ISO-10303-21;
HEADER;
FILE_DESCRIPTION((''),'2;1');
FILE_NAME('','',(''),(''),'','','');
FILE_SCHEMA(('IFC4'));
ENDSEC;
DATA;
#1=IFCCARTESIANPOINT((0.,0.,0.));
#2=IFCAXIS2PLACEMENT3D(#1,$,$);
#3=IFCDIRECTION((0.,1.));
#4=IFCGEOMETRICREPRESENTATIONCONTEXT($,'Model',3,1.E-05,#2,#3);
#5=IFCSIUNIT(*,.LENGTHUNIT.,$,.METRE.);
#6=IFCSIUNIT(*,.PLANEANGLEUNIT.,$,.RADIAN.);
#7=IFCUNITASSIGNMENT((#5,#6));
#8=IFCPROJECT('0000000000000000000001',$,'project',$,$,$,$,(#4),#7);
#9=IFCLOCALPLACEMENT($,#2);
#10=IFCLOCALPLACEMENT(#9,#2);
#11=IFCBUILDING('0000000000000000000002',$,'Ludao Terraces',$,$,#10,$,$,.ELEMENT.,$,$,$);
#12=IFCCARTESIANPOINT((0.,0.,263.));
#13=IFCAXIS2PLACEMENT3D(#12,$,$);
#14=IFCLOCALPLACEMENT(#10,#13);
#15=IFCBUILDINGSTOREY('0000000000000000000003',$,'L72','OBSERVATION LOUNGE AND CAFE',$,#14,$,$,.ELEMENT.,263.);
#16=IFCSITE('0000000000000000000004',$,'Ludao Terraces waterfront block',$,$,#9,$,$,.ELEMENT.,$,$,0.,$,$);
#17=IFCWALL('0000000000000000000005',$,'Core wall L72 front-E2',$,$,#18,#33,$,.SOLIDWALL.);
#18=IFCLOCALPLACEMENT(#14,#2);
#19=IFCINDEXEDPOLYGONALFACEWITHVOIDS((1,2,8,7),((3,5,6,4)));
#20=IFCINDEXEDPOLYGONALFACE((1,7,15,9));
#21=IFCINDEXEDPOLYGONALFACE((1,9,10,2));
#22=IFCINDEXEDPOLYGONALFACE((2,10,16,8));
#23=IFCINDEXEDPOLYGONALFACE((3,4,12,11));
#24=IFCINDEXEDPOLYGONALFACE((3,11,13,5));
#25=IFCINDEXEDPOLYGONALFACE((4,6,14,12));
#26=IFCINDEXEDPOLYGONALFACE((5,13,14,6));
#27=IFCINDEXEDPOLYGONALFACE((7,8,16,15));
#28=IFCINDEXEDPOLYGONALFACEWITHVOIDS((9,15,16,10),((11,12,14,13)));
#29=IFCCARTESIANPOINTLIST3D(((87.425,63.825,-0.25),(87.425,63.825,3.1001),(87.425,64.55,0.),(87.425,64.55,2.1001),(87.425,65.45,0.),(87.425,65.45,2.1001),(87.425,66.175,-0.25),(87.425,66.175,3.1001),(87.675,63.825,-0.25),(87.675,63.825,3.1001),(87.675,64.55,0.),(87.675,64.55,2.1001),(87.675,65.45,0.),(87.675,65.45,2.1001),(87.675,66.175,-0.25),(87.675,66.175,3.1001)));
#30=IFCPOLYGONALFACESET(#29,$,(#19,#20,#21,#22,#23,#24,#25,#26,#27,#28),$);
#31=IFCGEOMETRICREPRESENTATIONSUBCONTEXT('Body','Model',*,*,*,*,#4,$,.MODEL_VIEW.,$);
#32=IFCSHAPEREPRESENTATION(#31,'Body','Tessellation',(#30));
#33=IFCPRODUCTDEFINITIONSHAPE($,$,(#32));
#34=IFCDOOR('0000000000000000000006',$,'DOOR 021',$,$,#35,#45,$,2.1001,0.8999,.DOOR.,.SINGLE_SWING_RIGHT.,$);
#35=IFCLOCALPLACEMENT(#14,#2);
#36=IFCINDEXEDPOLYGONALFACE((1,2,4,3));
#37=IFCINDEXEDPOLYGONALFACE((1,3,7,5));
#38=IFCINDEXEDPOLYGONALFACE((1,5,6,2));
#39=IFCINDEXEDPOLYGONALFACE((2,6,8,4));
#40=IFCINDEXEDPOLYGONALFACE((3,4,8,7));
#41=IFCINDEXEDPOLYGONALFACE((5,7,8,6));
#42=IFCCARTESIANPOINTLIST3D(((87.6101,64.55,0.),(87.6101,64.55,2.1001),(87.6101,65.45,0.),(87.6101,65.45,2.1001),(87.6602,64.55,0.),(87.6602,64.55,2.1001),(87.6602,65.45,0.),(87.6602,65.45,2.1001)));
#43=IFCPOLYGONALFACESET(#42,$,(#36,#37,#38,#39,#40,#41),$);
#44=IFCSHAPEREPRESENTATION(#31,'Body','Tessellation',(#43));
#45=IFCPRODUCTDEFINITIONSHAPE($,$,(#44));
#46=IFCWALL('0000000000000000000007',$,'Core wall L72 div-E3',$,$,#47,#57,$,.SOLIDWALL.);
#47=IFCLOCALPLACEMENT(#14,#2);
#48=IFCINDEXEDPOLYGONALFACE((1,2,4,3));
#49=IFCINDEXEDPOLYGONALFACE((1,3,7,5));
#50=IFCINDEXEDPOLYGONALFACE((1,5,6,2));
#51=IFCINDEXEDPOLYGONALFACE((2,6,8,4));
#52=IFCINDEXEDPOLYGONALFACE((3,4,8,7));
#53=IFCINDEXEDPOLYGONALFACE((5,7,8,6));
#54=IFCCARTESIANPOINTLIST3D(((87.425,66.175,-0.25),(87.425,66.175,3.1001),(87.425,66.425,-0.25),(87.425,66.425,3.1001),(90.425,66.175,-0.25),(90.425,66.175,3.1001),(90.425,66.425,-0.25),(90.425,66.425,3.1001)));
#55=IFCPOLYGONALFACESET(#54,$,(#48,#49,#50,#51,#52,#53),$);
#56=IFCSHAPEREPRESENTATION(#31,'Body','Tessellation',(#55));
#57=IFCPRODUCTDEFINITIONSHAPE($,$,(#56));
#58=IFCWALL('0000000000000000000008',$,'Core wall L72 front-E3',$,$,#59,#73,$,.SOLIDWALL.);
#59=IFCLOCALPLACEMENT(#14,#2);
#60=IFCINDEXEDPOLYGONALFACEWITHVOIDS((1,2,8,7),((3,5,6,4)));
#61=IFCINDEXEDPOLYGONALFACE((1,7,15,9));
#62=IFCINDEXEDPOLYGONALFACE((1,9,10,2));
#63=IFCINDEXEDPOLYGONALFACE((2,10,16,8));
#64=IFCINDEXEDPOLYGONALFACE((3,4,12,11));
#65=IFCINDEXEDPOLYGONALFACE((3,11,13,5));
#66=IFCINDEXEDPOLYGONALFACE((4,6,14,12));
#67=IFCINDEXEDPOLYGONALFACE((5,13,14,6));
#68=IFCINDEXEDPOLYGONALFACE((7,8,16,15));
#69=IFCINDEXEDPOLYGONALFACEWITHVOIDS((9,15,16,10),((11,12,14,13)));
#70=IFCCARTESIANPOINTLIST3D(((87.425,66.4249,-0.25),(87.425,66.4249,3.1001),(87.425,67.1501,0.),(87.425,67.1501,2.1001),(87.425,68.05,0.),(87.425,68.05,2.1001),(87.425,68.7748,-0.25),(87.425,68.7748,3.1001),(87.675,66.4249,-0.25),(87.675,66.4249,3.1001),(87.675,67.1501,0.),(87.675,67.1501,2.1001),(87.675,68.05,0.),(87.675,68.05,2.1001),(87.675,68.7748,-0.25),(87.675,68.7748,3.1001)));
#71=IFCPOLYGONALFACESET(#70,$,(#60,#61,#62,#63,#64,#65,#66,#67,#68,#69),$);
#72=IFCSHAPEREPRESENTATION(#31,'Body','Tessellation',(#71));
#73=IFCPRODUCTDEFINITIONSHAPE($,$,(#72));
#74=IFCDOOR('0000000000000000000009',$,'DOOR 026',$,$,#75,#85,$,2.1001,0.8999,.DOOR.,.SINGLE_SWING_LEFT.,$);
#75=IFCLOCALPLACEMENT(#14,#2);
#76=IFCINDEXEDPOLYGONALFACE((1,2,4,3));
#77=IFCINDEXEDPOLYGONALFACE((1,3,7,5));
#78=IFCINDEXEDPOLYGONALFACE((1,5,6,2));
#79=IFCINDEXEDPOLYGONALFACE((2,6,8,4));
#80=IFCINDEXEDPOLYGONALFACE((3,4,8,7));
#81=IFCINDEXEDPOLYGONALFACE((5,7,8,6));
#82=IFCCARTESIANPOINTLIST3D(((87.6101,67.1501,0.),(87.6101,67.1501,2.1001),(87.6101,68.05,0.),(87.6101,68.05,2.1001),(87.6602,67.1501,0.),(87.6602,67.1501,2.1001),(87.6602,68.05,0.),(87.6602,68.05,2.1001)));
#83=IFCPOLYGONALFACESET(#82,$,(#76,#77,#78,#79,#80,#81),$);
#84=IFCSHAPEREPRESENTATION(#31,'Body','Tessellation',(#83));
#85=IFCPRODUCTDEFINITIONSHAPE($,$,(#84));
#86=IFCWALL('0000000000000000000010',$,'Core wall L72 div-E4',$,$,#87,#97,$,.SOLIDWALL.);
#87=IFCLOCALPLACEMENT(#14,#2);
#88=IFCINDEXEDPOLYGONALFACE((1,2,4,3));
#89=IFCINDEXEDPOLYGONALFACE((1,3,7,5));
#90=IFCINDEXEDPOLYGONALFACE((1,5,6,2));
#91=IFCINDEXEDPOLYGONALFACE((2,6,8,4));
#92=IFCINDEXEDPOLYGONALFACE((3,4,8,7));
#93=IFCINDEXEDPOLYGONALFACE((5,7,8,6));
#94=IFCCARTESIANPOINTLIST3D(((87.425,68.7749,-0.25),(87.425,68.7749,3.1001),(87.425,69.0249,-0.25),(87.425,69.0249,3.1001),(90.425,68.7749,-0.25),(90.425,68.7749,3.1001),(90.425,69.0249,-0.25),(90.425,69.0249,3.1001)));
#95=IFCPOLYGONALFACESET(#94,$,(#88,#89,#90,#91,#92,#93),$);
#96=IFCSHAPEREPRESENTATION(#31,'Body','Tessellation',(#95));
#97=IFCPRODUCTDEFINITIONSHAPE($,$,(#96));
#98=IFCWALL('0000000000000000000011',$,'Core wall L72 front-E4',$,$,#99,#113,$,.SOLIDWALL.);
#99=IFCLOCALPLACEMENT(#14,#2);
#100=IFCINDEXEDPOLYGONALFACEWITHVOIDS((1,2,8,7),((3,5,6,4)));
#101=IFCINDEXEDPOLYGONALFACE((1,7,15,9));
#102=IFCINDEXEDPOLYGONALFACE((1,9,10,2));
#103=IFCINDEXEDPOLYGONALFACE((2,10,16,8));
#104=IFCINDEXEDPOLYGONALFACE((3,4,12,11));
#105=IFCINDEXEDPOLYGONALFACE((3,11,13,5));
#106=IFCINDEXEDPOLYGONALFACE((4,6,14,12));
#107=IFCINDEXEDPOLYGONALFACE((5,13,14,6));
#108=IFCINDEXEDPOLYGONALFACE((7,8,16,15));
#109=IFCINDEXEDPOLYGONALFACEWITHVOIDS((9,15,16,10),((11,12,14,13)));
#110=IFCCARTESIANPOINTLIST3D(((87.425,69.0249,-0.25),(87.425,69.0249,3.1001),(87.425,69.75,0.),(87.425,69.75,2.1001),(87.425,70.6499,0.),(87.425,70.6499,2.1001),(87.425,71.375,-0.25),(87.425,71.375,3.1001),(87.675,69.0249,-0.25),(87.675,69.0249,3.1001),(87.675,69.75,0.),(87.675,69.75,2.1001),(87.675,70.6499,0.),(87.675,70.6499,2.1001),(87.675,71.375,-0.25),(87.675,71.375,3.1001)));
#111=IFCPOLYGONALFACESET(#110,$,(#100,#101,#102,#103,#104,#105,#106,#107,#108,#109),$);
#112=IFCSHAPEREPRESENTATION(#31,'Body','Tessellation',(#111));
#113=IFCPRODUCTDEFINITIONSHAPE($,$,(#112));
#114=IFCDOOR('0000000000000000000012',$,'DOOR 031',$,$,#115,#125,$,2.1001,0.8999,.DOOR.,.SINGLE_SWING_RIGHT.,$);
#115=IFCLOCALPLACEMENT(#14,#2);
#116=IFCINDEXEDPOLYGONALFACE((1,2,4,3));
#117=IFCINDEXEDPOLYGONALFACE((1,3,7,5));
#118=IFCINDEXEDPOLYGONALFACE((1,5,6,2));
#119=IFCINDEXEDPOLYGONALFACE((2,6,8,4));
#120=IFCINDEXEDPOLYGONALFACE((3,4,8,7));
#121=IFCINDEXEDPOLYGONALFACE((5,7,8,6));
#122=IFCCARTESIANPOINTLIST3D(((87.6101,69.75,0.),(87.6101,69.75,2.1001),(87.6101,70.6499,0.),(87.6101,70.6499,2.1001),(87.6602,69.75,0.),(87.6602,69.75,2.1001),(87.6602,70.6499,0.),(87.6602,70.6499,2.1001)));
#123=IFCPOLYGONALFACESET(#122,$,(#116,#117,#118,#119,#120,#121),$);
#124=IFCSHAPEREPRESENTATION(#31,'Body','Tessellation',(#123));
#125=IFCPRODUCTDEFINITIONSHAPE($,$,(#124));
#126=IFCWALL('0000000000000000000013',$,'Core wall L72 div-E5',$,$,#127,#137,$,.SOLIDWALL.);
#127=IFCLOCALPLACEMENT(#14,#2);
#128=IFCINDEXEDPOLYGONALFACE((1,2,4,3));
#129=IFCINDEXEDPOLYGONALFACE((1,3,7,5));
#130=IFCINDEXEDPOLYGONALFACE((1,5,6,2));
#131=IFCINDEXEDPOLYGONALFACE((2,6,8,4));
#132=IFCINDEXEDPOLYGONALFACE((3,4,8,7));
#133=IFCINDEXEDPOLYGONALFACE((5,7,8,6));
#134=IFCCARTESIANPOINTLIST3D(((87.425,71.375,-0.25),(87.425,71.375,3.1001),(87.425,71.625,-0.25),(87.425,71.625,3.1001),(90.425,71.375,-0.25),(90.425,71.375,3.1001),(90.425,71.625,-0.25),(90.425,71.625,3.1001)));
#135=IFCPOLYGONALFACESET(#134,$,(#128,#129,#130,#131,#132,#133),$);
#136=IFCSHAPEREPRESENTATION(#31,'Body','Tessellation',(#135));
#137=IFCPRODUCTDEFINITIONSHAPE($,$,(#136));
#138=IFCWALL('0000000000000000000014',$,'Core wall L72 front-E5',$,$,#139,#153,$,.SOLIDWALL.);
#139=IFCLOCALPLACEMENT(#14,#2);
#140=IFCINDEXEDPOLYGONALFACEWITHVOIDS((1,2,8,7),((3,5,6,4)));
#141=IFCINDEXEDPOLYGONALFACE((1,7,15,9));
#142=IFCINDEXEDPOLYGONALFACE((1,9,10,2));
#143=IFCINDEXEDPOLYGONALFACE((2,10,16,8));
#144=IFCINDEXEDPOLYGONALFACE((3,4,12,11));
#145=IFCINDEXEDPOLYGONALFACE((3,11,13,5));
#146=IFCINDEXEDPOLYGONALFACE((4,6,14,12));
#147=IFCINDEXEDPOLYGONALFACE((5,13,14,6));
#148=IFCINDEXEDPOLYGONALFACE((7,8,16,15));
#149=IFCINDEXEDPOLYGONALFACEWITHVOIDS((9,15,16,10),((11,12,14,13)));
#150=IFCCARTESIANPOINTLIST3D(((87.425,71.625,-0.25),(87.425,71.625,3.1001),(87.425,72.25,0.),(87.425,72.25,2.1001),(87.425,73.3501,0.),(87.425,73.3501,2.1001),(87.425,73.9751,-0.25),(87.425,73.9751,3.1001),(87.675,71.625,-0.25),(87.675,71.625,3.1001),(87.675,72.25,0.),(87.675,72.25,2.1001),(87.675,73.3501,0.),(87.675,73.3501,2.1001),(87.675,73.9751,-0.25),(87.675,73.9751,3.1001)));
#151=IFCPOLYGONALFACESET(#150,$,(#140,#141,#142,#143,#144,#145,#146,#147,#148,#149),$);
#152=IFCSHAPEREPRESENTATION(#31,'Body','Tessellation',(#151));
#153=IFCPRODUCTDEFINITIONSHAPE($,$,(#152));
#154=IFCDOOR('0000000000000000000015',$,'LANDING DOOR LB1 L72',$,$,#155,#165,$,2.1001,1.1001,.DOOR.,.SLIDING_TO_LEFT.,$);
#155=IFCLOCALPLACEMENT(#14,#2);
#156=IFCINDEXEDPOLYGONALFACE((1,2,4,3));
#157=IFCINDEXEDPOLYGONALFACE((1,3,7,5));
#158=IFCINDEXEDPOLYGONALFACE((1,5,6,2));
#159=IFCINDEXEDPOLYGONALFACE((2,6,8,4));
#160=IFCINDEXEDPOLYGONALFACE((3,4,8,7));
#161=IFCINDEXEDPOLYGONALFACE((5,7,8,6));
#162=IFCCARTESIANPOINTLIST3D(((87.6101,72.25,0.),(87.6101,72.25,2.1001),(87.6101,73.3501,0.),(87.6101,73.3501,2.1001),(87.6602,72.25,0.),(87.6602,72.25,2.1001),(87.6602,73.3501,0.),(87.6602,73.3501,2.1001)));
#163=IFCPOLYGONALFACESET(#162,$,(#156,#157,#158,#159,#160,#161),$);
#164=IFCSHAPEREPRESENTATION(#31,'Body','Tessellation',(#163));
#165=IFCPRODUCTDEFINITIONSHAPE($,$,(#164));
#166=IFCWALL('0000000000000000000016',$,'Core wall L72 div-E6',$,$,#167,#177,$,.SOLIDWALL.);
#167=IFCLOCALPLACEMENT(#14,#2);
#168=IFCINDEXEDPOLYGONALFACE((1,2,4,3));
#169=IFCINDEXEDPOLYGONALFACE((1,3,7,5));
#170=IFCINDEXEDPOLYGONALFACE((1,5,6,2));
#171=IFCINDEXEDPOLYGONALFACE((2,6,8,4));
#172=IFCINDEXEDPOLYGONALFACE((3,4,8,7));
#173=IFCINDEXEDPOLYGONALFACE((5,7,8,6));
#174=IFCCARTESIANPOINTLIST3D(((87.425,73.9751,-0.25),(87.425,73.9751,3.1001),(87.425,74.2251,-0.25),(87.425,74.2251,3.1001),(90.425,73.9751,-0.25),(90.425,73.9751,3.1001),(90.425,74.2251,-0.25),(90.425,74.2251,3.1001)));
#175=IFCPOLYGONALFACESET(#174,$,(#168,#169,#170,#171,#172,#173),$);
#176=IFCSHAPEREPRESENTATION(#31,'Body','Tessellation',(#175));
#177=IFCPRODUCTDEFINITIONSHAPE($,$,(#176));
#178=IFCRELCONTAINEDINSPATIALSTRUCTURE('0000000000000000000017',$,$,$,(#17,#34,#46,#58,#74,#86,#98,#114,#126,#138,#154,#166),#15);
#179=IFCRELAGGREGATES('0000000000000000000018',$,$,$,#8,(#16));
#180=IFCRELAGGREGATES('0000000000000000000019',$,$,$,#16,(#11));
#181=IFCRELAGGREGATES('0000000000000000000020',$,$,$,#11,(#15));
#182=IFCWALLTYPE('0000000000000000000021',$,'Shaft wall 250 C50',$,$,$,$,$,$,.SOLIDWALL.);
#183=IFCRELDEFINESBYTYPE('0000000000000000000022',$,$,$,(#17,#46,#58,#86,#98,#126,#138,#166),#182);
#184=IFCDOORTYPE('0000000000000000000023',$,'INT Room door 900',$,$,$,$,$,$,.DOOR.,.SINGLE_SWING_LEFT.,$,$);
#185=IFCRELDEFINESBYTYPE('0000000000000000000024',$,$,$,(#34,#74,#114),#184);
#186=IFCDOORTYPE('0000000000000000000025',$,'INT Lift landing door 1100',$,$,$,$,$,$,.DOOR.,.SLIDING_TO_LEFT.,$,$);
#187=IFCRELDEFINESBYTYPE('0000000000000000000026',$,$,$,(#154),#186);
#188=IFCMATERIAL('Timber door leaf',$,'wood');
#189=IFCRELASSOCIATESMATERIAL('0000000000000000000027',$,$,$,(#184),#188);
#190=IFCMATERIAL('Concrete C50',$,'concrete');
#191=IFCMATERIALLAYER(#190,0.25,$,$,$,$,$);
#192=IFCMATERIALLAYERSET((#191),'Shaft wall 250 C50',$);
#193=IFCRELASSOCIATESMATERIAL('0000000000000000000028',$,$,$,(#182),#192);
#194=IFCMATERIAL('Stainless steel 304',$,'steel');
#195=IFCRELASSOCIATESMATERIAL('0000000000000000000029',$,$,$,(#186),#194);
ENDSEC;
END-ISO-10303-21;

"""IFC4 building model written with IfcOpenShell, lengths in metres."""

from ifc_helpers import new_model, si_unit, direction, frame, frame_2d, origin, place, context, subcontext, project, spatial, rectangle, extrude, material, layer, layer_set, type_object, element, fill, save


model = new_model("IFC4")

# Units and contexts
model_context = context("Model", 3, precision=1e-05, world=origin(), true_north=direction((0.0, 1.0)))
body_context = subcontext(model_context, "Body", "Model", "MODEL_VIEW")
ifc_project = project(units=[si_unit("LENGTHUNIT", "METRE"), si_unit("PLANEANGLEUNIT", "RADIAN")], contexts=[model_context])

# Site, building, storey
site_placement = place(None, origin())
site = spatial("IfcSite", under=ifc_project, at=site_placement, Name="Ludao Terraces waterfront block", CompositionType="ELEMENT", RefElevation=0.0)
building_placement = place(site_placement, origin())
building = spatial("IfcBuilding", under=site, at=building_placement, Name="Ludao Terraces", CompositionType="ELEMENT")
storey_placement = place(building_placement, frame((0.0, 0.0, 263.0)))
storey = spatial("IfcBuildingStorey", under=building, at=storey_placement, Name="L72", Description="OBSERVATION LOUNGE AND CAFE", CompositionType="ELEMENT", Elevation=263.0)

# Shared definitions
ifc_material_1 = material(Name="Concrete C50", Category="concrete")
ifc_material_2 = material(Name="Timber door leaf", Category="wood")
door_type_1 = type_object("IfcDoorType", Name="INT Room door 900", OperationType="SINGLE_SWING_LEFT", PredefinedType="DOOR", material=ifc_material_2)

# Shared definitions
ifc_layer_1 = layer(ifc_material_1, 0.25)
ifc_layer_set_1 = layer_set([ifc_layer_1], Name="Shaft wall 250 C50")
wall_type_1 = type_object("IfcWallType", Name="Shaft wall 250 C50", PredefinedType="SOLIDWALL", material=ifc_layer_set_1)

# Wall, opening, door
wall_1_placement = place(storey_placement, frame((87.55, 63.825, -0.25), z_axis=(0.0, 0.0, 1.0), x_axis=(0.0, 1.0, 0.0)))
wall_1 = element("IfcWall", 1, at=wall_1_placement, inside=storey, type_object=wall_type_1, Name="Core wall L72 front-E2", PredefinedType="SOLIDWALL", context=body_context, shape_type="SweptSolid", body=[
    extrude(rectangle(XDim=2.3501, YDim=0.25, at=frame_2d((1.175, 0.0))), origin(), (0.0, 0.0, 1.0), 3.3501),
])
opening_1_placement = place(wall_1_placement, frame((0.7251, 0.0, 0.25)))
opening_1 = element("IfcOpeningElement", 2, at=opening_1_placement, cuts=wall_1, PredefinedType="OPENING", context=body_context, shape_type="SweptSolid", body=[
    extrude(rectangle(XDim=0.8999, YDim=2.1001, at=frame_2d((0.45, 1.05))), frame((0.0, 0.135, 0.0), z_axis=(0.0, -1.0, 0.0), x_axis=(1.0, 0.0, 0.0)), (0.0, 0.0, 1.0), 0.27),
])
door_1_placement = place(opening_1_placement, origin())
door_1 = element("IfcDoor", 3, at=door_1_placement, inside=storey, type_object=door_type_1, Name="DOOR 021", OperationType="SINGLE_SWING_RIGHT", OverallHeight=2.1001, OverallWidth=0.8999, PredefinedType="DOOR", context=body_context, shape_type="SweptSolid", body=[
    extrude(rectangle(XDim=0.8999, YDim=2.1001, at=frame_2d((0.45, 1.05))), frame((0.0, -0.0601, 0.0), z_axis=(0.0, -1.0, 0.0), x_axis=(1.0, 0.0, 0.0)), (0.0, 0.0, 1.0), 0.05),
])
fill(opening_1, door_1)

# Wall
wall_2_placement = place(storey_placement, frame((87.425, 66.3, -0.25), z_axis=(0.0, 0.0, 1.0), x_axis=(1.0, 0.0, 0.0)))
element("IfcWall", 4, at=wall_2_placement, inside=storey, type_object=wall_type_1, Name="Core wall L72 div-E3", PredefinedType="SOLIDWALL", context=body_context, shape_type="SweptSolid", body=[
    extrude(rectangle(XDim=3.0, YDim=0.25, at=frame_2d((1.5, 0.0))), origin(), (0.0, 0.0, 1.0), 3.3501),
])

# Wall, opening, door
wall_3_placement = place(storey_placement, frame((87.55, 66.425, -0.25), z_axis=(0.0, 0.0, 1.0), x_axis=(0.0, 1.0, 0.0)))
wall_3 = element("IfcWall", 5, at=wall_3_placement, inside=storey, type_object=wall_type_1, Name="Core wall L72 front-E3", PredefinedType="SOLIDWALL", context=body_context, shape_type="SweptSolid", body=[
    extrude(rectangle(XDim=2.3499, YDim=0.25, at=frame_2d((1.1748, 0.0))), origin(), (0.0, 0.0, 1.0), 3.3501),
])
opening_2_placement = place(wall_3_placement, frame((0.7251, 0.0, 0.25)))
opening_2 = element("IfcOpeningElement", 6, at=opening_2_placement, cuts=wall_3, PredefinedType="OPENING", context=body_context, shape_type="SweptSolid", body=[
    extrude(rectangle(XDim=0.8999, YDim=2.1001, at=frame_2d((0.45, 1.05))), frame((0.0, 0.135, 0.0), z_axis=(0.0, -1.0, 0.0), x_axis=(1.0, 0.0, 0.0)), (0.0, 0.0, 1.0), 0.27),
])
door_2_placement = place(opening_2_placement, origin())
door_2 = element("IfcDoor", 7, at=door_2_placement, inside=storey, type_object=door_type_1, Name="DOOR 026", OperationType="SINGLE_SWING_LEFT", OverallHeight=2.1001, OverallWidth=0.8999, PredefinedType="DOOR", context=body_context, shape_type="SweptSolid", body=[
    extrude(rectangle(XDim=0.8999, YDim=2.1001, at=frame_2d((0.45, 1.05))), frame((0.0, -0.0601, 0.0), z_axis=(0.0, -1.0, 0.0), x_axis=(1.0, 0.0, 0.0)), (0.0, 0.0, 1.0), 0.05),
])
fill(opening_2, door_2)

# Wall
wall_4_placement = place(storey_placement, frame((87.425, 68.8999, -0.25), z_axis=(0.0, 0.0, 1.0), x_axis=(1.0, 0.0, 0.0)))
element("IfcWall", 8, at=wall_4_placement, inside=storey, type_object=wall_type_1, Name="Core wall L72 div-E4", PredefinedType="SOLIDWALL", context=body_context, shape_type="SweptSolid", body=[
    extrude(rectangle(XDim=3.0, YDim=0.25, at=frame_2d((1.5, 0.0))), origin(), (0.0, 0.0, 1.0), 3.3501),
])

# Wall, opening, door
wall_5_placement = place(storey_placement, frame((87.55, 69.0249, -0.25), z_axis=(0.0, 0.0, 1.0), x_axis=(0.0, 1.0, 0.0)))
wall_5 = element("IfcWall", 9, at=wall_5_placement, inside=storey, type_object=wall_type_1, Name="Core wall L72 front-E4", PredefinedType="SOLIDWALL", context=body_context, shape_type="SweptSolid", body=[
    extrude(rectangle(XDim=2.3501, YDim=0.25, at=frame_2d((1.175, 0.0))), origin(), (0.0, 0.0, 1.0), 3.3501),
])
opening_3_placement = place(wall_5_placement, frame((0.7251, 0.0, 0.25)))
opening_3 = element("IfcOpeningElement", 10, at=opening_3_placement, cuts=wall_5, PredefinedType="OPENING", context=body_context, shape_type="SweptSolid", body=[
    extrude(rectangle(XDim=0.8999, YDim=2.1001, at=frame_2d((0.45, 1.05))), frame((0.0, 0.135, 0.0), z_axis=(0.0, -1.0, 0.0), x_axis=(1.0, 0.0, 0.0)), (0.0, 0.0, 1.0), 0.27),
])
door_3_placement = place(opening_3_placement, origin())
door_3 = element("IfcDoor", 11, at=door_3_placement, inside=storey, type_object=door_type_1, Name="DOOR 031", OperationType="SINGLE_SWING_RIGHT", OverallHeight=2.1001, OverallWidth=0.8999, PredefinedType="DOOR", context=body_context, shape_type="SweptSolid", body=[
    extrude(rectangle(XDim=0.8999, YDim=2.1001, at=frame_2d((0.45, 1.05))), frame((0.0, -0.0601, 0.0), z_axis=(0.0, -1.0, 0.0), x_axis=(1.0, 0.0, 0.0)), (0.0, 0.0, 1.0), 0.05),
])
fill(opening_3, door_3)

# Wall
wall_6_placement = place(storey_placement, frame((87.425, 71.5, -0.25), z_axis=(0.0, 0.0, 1.0), x_axis=(1.0, 0.0, 0.0)))
element("IfcWall", 12, at=wall_6_placement, inside=storey, type_object=wall_type_1, Name="Core wall L72 div-E5", PredefinedType="SOLIDWALL", context=body_context, shape_type="SweptSolid", body=[
    extrude(rectangle(XDim=3.0, YDim=0.25, at=frame_2d((1.5, 0.0))), origin(), (0.0, 0.0, 1.0), 3.3501),
])

# Wall, opening, door
wall_7_placement = place(storey_placement, frame((87.55, 71.625, -0.25), z_axis=(0.0, 0.0, 1.0), x_axis=(0.0, 1.0, 0.0)))
wall_7 = element("IfcWall", 13, at=wall_7_placement, inside=storey, type_object=wall_type_1, Name="Core wall L72 front-E5", PredefinedType="SOLIDWALL", context=body_context, shape_type="SweptSolid", body=[
    extrude(rectangle(XDim=2.3501, YDim=0.25, at=frame_2d((1.175, 0.0))), origin(), (0.0, 0.0, 1.0), 3.3501),
])
opening_4_placement = place(wall_7_placement, frame((0.625, 0.0, 0.25)))
opening_4 = element("IfcOpeningElement", 14, at=opening_4_placement, cuts=wall_7, PredefinedType="OPENING", context=body_context, shape_type="SweptSolid", body=[
    extrude(rectangle(XDim=1.1001, YDim=2.1001, at=frame_2d((0.55, 1.05))), frame((0.0, 0.135, 0.0), z_axis=(0.0, -1.0, 0.0), x_axis=(1.0, 0.0, 0.0)), (0.0, 0.0, 1.0), 0.27),
])
ifc_material_3 = material(Name="Stainless steel 304", Category="steel")
door_type_2 = type_object("IfcDoorType", Name="INT Lift landing door 1100", OperationType="SLIDING_TO_LEFT", PredefinedType="DOOR", material=ifc_material_3)
door_4_placement = place(opening_4_placement, origin())
door_4 = element("IfcDoor", 15, at=door_4_placement, inside=storey, type_object=door_type_2, Name="LANDING DOOR LB1 L72", OperationType="SLIDING_TO_LEFT", OverallHeight=2.1001, OverallWidth=1.1001, PredefinedType="DOOR", context=body_context, shape_type="SweptSolid", body=[
    extrude(rectangle(XDim=1.1001, YDim=2.1001, at=frame_2d((0.55, 1.05))), frame((0.0, -0.0601, 0.0), z_axis=(0.0, -1.0, 0.0), x_axis=(1.0, 0.0, 0.0)), (0.0, 0.0, 1.0), 0.05),
])
fill(opening_4, door_4)

# Wall
wall_8_placement = place(storey_placement, frame((87.425, 74.1001, -0.25), z_axis=(0.0, 0.0, 1.0), x_axis=(1.0, 0.0, 0.0)))
element("IfcWall", 16, at=wall_8_placement, inside=storey, type_object=wall_type_1, Name="Core wall L72 div-E6", PredefinedType="SOLIDWALL", context=body_context, shape_type="SweptSolid", body=[
    extrude(rectangle(XDim=3.0, YDim=0.25, at=frame_2d((1.5, 0.0))), origin(), (0.0, 0.0, 1.0), 3.3501),
])

save(model, "model.ifc")
